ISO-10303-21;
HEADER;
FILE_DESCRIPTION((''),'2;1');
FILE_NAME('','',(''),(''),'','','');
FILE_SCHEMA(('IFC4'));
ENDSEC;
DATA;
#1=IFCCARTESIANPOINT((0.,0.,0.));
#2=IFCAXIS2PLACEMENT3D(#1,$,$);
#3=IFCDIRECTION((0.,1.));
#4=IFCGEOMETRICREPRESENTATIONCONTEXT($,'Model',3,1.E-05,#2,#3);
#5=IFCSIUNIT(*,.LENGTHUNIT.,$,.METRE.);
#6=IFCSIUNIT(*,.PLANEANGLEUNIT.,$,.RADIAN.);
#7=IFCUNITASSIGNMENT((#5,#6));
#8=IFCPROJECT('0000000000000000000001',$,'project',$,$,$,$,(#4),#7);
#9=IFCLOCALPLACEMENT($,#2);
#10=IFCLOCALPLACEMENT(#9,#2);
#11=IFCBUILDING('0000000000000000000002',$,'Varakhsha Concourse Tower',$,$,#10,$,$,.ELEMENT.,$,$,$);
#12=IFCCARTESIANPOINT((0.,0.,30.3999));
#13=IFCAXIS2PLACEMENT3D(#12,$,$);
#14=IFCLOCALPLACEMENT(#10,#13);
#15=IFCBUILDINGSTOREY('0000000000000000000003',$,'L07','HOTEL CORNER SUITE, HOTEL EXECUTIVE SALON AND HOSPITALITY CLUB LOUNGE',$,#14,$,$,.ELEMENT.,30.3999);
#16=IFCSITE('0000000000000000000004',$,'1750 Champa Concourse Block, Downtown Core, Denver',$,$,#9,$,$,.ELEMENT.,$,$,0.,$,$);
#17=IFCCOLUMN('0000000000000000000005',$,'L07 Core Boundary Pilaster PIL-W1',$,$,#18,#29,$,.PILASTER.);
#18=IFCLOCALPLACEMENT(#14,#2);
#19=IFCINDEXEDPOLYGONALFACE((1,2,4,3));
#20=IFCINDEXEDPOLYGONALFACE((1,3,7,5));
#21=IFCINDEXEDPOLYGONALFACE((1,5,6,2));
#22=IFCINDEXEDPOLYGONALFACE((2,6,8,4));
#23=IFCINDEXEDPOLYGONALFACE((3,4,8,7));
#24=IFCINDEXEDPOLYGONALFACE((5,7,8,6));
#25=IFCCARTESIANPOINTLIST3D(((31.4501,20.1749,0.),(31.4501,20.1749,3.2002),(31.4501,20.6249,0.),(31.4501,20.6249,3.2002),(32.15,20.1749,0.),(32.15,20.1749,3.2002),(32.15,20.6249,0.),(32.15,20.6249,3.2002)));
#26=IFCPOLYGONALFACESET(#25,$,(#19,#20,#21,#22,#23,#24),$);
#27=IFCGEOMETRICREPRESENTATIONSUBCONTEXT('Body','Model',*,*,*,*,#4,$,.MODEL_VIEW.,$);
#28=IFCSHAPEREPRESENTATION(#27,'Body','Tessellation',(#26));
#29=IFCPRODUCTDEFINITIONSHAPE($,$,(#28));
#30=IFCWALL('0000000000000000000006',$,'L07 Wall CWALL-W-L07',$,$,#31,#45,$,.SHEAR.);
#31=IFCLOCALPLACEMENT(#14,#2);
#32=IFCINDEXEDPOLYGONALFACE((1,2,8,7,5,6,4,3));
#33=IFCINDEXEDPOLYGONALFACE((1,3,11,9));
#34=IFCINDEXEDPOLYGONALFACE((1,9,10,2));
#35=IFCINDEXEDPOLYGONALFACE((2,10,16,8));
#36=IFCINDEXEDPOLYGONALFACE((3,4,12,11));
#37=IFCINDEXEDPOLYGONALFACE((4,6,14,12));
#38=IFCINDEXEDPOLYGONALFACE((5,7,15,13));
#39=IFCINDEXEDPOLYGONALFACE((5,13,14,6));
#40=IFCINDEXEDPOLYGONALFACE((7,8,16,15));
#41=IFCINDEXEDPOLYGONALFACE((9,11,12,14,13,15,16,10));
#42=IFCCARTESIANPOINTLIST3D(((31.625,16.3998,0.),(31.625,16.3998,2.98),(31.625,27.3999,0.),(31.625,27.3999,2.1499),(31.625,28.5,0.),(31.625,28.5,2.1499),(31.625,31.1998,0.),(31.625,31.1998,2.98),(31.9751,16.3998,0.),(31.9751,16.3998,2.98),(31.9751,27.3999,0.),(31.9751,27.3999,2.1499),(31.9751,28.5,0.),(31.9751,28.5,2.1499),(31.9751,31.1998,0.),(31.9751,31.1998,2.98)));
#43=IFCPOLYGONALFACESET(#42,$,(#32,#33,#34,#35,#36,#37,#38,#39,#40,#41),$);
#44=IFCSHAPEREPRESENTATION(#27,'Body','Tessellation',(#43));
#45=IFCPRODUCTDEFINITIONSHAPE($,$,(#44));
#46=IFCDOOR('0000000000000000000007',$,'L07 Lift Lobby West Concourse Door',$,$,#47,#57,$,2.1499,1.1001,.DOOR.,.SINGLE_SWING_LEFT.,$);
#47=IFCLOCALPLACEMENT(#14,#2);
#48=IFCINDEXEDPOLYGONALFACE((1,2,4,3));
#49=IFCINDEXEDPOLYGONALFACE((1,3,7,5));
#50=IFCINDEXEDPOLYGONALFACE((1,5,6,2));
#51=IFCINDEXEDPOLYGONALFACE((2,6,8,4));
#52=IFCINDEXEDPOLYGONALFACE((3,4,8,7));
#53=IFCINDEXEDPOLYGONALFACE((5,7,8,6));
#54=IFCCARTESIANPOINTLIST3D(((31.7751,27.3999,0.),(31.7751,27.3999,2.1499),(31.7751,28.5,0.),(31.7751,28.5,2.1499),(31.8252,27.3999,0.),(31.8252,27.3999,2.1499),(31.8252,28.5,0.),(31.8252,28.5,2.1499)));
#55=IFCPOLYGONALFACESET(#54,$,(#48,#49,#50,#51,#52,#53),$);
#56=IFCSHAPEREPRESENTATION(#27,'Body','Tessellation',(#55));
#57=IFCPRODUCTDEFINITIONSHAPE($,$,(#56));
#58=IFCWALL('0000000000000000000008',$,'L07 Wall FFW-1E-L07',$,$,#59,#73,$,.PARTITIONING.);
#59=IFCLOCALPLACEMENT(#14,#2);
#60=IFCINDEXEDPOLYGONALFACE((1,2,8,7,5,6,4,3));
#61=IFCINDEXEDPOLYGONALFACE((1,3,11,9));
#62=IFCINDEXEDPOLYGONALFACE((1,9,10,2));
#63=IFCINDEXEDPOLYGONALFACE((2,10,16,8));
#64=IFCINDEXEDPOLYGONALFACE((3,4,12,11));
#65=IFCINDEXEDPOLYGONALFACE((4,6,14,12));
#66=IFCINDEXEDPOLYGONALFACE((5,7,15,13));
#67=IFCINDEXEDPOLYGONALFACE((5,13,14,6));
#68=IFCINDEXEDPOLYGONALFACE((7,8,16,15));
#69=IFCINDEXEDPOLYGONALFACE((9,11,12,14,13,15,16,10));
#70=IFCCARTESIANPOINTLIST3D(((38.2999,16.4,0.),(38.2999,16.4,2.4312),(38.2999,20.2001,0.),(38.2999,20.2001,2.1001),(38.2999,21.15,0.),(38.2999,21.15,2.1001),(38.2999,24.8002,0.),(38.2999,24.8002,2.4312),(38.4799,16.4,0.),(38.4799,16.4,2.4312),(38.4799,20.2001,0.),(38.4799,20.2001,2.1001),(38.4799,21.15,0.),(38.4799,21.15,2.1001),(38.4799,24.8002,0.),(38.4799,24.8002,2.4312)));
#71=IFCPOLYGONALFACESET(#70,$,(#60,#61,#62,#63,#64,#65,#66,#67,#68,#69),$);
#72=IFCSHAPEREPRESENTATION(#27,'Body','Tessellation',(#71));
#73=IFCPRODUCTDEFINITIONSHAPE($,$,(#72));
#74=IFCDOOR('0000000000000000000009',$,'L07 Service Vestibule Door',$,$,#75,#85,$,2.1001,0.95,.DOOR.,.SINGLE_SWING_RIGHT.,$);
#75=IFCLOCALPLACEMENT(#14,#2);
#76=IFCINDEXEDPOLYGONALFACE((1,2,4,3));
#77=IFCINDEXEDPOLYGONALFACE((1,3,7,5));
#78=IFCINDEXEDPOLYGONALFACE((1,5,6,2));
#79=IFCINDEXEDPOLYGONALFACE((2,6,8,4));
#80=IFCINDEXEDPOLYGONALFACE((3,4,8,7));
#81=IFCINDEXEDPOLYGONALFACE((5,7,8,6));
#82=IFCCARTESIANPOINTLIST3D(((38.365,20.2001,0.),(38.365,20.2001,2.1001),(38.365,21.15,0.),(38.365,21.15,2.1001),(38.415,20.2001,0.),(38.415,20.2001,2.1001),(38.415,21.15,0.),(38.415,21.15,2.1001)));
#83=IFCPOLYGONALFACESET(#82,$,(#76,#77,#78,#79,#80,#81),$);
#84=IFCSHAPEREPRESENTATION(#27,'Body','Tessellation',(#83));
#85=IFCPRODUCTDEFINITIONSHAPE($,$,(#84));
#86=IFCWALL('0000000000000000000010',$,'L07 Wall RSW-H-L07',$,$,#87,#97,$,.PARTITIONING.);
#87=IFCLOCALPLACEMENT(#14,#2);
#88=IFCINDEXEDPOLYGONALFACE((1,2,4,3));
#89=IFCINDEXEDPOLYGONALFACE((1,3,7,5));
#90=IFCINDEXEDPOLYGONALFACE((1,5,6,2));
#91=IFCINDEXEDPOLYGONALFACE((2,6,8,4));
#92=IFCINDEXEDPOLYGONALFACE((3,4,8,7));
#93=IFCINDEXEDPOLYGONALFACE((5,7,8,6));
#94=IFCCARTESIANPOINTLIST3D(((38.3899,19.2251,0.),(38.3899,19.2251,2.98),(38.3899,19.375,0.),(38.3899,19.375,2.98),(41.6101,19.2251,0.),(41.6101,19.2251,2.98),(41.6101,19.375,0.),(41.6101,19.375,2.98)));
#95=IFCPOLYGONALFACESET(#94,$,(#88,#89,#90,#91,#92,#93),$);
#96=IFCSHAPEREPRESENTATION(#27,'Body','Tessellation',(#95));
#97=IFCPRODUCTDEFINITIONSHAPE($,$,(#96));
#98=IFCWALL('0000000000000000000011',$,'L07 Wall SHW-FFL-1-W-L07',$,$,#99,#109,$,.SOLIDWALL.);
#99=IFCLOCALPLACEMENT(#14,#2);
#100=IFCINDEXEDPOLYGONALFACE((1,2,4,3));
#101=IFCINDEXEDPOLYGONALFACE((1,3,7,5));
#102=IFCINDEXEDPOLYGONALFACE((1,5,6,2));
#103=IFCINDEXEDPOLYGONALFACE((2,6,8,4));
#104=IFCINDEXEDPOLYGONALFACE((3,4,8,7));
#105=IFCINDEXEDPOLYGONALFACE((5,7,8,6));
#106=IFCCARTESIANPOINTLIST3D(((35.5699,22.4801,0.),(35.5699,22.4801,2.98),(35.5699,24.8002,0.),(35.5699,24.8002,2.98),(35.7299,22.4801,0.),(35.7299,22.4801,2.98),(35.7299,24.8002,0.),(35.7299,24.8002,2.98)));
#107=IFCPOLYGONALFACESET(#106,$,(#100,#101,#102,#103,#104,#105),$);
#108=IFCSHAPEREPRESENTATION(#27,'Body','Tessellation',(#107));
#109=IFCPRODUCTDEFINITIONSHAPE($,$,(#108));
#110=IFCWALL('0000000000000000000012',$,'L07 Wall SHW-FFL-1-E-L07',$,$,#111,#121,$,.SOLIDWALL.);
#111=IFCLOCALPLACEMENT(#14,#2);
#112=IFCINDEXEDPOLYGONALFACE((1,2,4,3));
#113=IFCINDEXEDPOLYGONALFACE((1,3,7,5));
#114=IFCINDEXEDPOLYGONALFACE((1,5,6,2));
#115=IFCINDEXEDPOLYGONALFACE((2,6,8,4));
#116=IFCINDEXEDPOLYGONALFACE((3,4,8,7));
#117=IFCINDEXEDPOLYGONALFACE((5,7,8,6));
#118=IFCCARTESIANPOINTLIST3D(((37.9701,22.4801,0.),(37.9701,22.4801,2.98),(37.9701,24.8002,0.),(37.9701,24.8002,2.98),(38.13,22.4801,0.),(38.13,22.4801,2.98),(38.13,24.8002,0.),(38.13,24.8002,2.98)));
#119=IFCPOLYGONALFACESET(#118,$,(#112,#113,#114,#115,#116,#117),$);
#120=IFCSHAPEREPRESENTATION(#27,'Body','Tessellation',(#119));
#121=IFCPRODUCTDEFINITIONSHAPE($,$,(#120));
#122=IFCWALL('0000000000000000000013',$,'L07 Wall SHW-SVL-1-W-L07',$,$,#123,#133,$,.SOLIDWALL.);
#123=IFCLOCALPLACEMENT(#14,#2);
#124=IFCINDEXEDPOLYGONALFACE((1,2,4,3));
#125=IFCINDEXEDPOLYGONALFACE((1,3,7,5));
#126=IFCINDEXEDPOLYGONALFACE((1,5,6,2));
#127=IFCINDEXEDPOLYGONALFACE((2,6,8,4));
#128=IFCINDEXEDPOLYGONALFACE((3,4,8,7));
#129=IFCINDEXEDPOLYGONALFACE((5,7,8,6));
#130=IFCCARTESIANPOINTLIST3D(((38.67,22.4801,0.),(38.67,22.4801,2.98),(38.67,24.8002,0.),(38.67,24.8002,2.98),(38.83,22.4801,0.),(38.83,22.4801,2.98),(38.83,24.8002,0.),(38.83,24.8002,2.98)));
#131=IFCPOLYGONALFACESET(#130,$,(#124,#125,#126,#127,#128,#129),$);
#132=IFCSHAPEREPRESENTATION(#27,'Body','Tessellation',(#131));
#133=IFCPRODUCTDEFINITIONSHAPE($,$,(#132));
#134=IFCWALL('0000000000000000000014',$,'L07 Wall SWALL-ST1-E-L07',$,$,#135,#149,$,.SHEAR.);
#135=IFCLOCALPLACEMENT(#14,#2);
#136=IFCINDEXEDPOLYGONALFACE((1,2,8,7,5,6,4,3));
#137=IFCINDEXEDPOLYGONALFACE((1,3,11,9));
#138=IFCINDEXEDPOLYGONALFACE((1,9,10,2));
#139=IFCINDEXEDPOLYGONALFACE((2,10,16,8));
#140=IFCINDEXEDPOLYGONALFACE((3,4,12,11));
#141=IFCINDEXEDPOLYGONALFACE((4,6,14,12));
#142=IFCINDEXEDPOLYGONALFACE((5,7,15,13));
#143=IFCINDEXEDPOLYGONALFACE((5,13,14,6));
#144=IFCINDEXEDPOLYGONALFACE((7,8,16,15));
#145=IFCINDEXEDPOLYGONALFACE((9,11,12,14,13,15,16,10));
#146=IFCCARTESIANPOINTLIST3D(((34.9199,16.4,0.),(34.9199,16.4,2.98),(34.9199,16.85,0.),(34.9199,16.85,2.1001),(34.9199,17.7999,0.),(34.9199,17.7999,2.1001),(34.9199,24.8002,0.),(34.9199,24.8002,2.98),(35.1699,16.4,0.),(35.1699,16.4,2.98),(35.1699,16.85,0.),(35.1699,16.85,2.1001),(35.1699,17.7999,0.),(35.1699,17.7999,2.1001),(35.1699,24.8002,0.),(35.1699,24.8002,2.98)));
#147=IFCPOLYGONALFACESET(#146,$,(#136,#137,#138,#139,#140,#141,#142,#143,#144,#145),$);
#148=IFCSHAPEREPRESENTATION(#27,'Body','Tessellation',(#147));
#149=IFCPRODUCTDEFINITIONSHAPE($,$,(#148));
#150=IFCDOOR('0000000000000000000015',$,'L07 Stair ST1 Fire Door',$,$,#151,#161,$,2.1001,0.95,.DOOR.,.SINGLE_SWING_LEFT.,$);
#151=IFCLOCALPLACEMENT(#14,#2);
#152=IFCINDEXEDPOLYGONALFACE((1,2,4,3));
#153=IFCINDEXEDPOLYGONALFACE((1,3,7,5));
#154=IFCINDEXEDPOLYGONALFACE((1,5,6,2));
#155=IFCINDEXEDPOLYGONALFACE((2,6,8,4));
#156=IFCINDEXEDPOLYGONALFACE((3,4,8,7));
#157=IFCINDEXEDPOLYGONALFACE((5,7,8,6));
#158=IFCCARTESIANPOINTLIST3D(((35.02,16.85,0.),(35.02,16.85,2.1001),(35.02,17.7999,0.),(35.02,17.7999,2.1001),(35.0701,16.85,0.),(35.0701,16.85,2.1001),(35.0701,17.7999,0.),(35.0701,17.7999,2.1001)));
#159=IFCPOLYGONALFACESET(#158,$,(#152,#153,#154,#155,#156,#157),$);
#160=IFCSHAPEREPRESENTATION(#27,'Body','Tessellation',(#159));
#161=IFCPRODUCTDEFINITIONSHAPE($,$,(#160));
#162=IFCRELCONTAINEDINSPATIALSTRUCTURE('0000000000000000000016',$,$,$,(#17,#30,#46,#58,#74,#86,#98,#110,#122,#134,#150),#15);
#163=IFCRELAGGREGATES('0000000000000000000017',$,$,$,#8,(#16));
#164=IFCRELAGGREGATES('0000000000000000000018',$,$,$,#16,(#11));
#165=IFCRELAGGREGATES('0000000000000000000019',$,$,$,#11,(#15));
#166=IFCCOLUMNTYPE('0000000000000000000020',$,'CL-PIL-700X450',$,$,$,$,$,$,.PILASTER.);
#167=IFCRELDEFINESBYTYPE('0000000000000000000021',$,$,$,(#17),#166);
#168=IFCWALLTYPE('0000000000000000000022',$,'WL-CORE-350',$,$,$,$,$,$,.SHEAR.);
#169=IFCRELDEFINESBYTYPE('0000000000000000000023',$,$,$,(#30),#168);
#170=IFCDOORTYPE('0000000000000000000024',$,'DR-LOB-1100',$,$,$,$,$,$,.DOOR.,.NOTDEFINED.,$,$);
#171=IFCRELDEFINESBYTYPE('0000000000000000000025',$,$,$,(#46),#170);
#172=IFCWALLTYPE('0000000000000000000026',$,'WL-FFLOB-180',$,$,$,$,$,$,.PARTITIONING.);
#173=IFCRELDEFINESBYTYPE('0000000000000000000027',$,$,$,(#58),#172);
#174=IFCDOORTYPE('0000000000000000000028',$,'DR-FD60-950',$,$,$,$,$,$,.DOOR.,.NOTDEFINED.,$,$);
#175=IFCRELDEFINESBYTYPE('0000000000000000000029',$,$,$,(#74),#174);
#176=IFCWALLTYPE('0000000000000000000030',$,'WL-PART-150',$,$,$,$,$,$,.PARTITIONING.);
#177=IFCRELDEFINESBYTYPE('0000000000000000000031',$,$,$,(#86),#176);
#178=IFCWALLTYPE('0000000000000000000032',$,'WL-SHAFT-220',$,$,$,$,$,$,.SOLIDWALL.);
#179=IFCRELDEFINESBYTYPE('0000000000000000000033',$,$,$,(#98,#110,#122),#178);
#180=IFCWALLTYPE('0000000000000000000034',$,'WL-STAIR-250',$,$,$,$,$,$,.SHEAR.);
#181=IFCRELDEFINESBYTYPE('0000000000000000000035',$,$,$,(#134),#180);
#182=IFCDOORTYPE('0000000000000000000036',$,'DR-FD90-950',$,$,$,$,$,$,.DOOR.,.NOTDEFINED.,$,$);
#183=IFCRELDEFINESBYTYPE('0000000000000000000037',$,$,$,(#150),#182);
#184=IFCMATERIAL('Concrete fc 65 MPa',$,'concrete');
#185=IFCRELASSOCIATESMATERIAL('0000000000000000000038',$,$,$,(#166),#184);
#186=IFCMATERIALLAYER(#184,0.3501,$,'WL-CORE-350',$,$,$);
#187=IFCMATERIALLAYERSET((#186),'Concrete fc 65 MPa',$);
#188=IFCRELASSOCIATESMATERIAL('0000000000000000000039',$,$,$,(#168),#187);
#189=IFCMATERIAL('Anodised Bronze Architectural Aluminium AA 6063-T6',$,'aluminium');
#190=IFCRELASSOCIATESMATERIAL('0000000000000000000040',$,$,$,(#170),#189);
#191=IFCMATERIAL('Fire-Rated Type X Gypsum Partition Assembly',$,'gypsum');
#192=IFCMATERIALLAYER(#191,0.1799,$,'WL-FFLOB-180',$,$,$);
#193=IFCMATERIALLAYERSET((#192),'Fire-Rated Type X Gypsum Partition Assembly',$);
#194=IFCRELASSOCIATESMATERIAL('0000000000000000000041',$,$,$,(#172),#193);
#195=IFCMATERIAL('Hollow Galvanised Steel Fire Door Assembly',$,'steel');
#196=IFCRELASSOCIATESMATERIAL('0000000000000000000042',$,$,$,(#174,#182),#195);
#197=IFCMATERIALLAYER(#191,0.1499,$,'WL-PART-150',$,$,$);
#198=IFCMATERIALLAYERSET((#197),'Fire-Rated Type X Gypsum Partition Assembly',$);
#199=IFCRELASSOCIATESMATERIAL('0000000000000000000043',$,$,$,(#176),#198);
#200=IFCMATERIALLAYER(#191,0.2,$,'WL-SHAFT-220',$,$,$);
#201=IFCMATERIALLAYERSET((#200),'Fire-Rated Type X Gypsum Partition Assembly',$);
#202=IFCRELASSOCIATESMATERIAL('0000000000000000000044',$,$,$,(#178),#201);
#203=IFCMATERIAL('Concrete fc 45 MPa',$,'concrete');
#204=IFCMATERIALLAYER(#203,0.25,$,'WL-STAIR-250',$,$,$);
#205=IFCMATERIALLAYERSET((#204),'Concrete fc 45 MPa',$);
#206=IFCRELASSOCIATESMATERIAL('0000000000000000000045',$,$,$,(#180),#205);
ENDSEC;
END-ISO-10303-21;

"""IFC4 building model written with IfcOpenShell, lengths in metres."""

from ifc_helpers import new_model, si_unit, direction, frame, frame_2d, origin, origin_2d, place, context, subcontext, project, spatial, rectangle, extrude, material, layer, layer_set, material_profile, profile_set, type_object, element, fill, save


model = new_model("IFC4")

# Units and contexts
model_context = context("Model", 3, precision=1e-05, world=origin(), true_north=direction((0.0, 1.0)))
body_context = subcontext(model_context, "Body", "Model", "MODEL_VIEW")
ifc_project = project(units=[si_unit("LENGTHUNIT", "METRE"), si_unit("PLANEANGLEUNIT", "RADIAN")], contexts=[model_context])

# Site, building, storey
site_placement = place(None, origin())
site = spatial("IfcSite", under=ifc_project, at=site_placement, Name="1750 Champa Concourse Block, Downtown Core, Denver", CompositionType="ELEMENT", RefElevation=0.0)
building_placement = place(site_placement, origin())
building = spatial("IfcBuilding", under=site, at=building_placement, Name="Varakhsha Concourse Tower", CompositionType="ELEMENT")
storey_placement = place(building_placement, frame((0.0, 0.0, 30.3999)))
storey = spatial("IfcBuildingStorey", under=building, at=storey_placement, Name="L07", Description="HOTEL CORNER SUITE, HOTEL EXECUTIVE SALON AND HOSPITALITY CLUB LOUNGE", CompositionType="ELEMENT", Elevation=30.3999)

# Column
ifc_material_1 = material(Name="Concrete fc 65 MPa", Category="concrete")
ifc_material_profile = material_profile(ifc_material_1, rectangle(XDim=0.7, YDim=0.45, at=origin_2d()), Name="RC 700x450")
ifc_profile_set = profile_set([ifc_material_profile], Name="Concrete fc 65 MPa")
column_type = type_object("IfcColumnType", Name="CL-PIL-700X450", PredefinedType="PILASTER", material=ifc_profile_set)
column_placement = place(storey_placement, frame((31.8, 20.3999, 0.0), z_axis=(0.0, 0.0, 1.0), x_axis=(1.0, 0.0, 0.0)))
element("IfcColumn", 1, at=column_placement, inside=storey, type_object=column_type, Name="L07 Core Boundary Pilaster PIL-W1", PredefinedType="PILASTER", context=body_context, shape_type="SweptSolid", body=[
    extrude(rectangle(XDim=0.7, YDim=0.45, at=origin_2d()), origin(), (0.0, 0.0, 1.0), 3.2002),
])

# Walls, openings, doors
ifc_layer_1 = layer(ifc_material_1, 0.3501, Name="WL-CORE-350")
ifc_layer_set_1 = layer_set([ifc_layer_1], Name="Concrete fc 65 MPa")
wall_type_1 = type_object("IfcWallType", Name="WL-CORE-350", PredefinedType="SHEAR", material=ifc_layer_set_1)
wall_1_placement = place(storey_placement, frame((31.8, 16.3999, 0.0), z_axis=(0.0, 0.0, 1.0), x_axis=(0.0, 1.0, 0.0)))
wall_1 = element("IfcWall", 2, at=wall_1_placement, inside=storey, type_object=wall_type_1, Name="L07 Wall CWALL-W-L07", PredefinedType="SHEAR", context=body_context, shape_type="SweptSolid", body=[
    extrude(rectangle(XDim=14.8, YDim=0.3501, at=frame_2d((7.3999, 0.0))), origin(), (0.0, 0.0, 1.0), 2.98),
])
opening_1_placement = place(wall_1_placement, frame((11.0, 0.0, 0.0)))
opening_1 = element("IfcOpeningElement", 3, at=opening_1_placement, cuts=wall_1, PredefinedType="OPENING", context=body_context, shape_type="SweptSolid", body=[
    extrude(rectangle(XDim=1.1001, YDim=2.1499, at=frame_2d((0.55, 1.075))), frame((0.0, 0.1851, 0.0), z_axis=(0.0, -1.0, 0.0), x_axis=(1.0, 0.0, 0.0)), (0.0, 0.0, 1.0), 0.3701),
])
ifc_material_2 = material(Name="Anodised Bronze Architectural Aluminium AA 6063-T6", Category="aluminium")
door_type_1 = type_object("IfcDoorType", Name="DR-LOB-1100", OperationType="NOTDEFINED", PredefinedType="DOOR", material=ifc_material_2)
door_1_placement = place(opening_1_placement, origin())
door_1 = element("IfcDoor", 4, at=door_1_placement, inside=storey, type_object=door_type_1, Name="L07 Lift Lobby West Concourse Door", OperationType="SINGLE_SWING_LEFT", OverallHeight=2.1499, OverallWidth=1.1001, PredefinedType="DOOR", context=body_context, shape_type="SweptSolid", body=[
    extrude(rectangle(XDim=1.1001, YDim=2.1499, at=frame_2d((0.55, 1.075))), frame((0.0, 0.0249, 0.0), z_axis=(0.0, -1.0, 0.0), x_axis=(1.0, 0.0, 0.0)), (0.0, 0.0, 1.0), 0.05),
])
fill(opening_1, door_1)
ifc_material_3 = material(Name="Fire-Rated Type X Gypsum Partition Assembly", Category="gypsum")
ifc_layer_2 = layer(ifc_material_3, 0.1799, Name="WL-FFLOB-180")
ifc_layer_set_2 = layer_set([ifc_layer_2], Name="Fire-Rated Type X Gypsum Partition Assembly")
wall_type_2 = type_object("IfcWallType", Name="WL-FFLOB-180", PredefinedType="PARTITIONING", material=ifc_layer_set_2)
wall_2_placement = place(storey_placement, frame((38.3899, 16.3999, 0.0), z_axis=(0.0, 0.0, 1.0), x_axis=(0.0, 1.0, 0.0)))
wall_2 = element("IfcWall", 5, at=wall_2_placement, inside=storey, type_object=wall_type_2, Name="L07 Wall FFW-1E-L07", PredefinedType="PARTITIONING", context=body_context, shape_type="SweptSolid", body=[
    extrude(rectangle(XDim=8.4001, YDim=0.1799, at=frame_2d((4.2002, 0.0))), origin(), (0.0, 0.0, 1.0), 2.4312),
])
opening_2_placement = place(wall_2_placement, frame((3.8, 0.0, 0.0)))
opening_2 = element("IfcOpeningElement", 6, at=opening_2_placement, cuts=wall_2, PredefinedType="OPENING", context=body_context, shape_type="SweptSolid", body=[
    extrude(rectangle(XDim=0.95, YDim=2.1001, at=frame_2d((0.4751, 1.05))), frame((0.0, 0.0999, 0.0), z_axis=(0.0, -1.0, 0.0), x_axis=(1.0, 0.0, 0.0)), (0.0, 0.0, 1.0), 0.2),
])
ifc_material_4 = material(Name="Hollow Galvanised Steel Fire Door Assembly", Category="steel")
door_type_2 = type_object("IfcDoorType", Name="DR-FD60-950", OperationType="NOTDEFINED", PredefinedType="DOOR", material=ifc_material_4)
door_2_placement = place(opening_2_placement, origin())
door_2 = element("IfcDoor", 7, at=door_2_placement, inside=storey, type_object=door_type_2, Name="L07 Service Vestibule Door", OperationType="SINGLE_SWING_RIGHT", OverallHeight=2.1001, OverallWidth=0.95, PredefinedType="DOOR", context=body_context, shape_type="SweptSolid", body=[
    extrude(rectangle(XDim=0.95, YDim=2.1001, at=frame_2d((0.4751, 1.05))), frame((0.0, 0.0249, 0.0), z_axis=(0.0, -1.0, 0.0), x_axis=(1.0, 0.0, 0.0)), (0.0, 0.0, 1.0), 0.05),
])
fill(opening_2, door_2)

# Wall
ifc_layer_3 = layer(ifc_material_3, 0.1499, Name="WL-PART-150")
ifc_layer_set_3 = layer_set([ifc_layer_3], Name="Fire-Rated Type X Gypsum Partition Assembly")
wall_type_3 = type_object("IfcWallType", Name="WL-PART-150", PredefinedType="PARTITIONING", material=ifc_layer_set_3)
wall_3_placement = place(storey_placement, frame((38.3899, 19.3, 0.0), z_axis=(0.0, 0.0, 1.0), x_axis=(1.0, 0.0, 0.0)))
element("IfcWall", 8, at=wall_3_placement, inside=storey, type_object=wall_type_3, Name="L07 Wall RSW-H-L07", PredefinedType="PARTITIONING", context=body_context, shape_type="SweptSolid", body=[
    extrude(rectangle(XDim=3.2202, YDim=0.1499, at=frame_2d((1.6101, 0.0))), origin(), (0.0, 0.0, 1.0), 2.98),
])

# Shared definitions
ifc_layer_4 = layer(ifc_material_3, 0.2, Name="WL-SHAFT-220")
ifc_layer_set_4 = layer_set([ifc_layer_4], Name="Fire-Rated Type X Gypsum Partition Assembly")
wall_type_4 = type_object("IfcWallType", Name="WL-SHAFT-220", PredefinedType="SOLIDWALL", material=ifc_layer_set_4)

# Walls
for number, where, z_axis, x_axis, name in (
    (9, (35.6499, 22.48, 0.0), (0.0, 0.0, 1.0), (0.0, 1.0, 0.0), "L07 Wall SHW-FFL-1-W-L07"),
    (10, (38.05, 22.48, 0.0), (0.0, 0.0, 1.0), (0.0, 1.0, 0.0), "L07 Wall SHW-FFL-1-E-L07"),
    (11, (38.75, 22.48, 0.0), (0.0, 0.0, 1.0), (0.0, 1.0, 0.0), "L07 Wall SHW-SVL-1-W-L07"),
):
    element("IfcWall", number, at=place(storey_placement, frame(where, z_axis=z_axis, x_axis=x_axis)), inside=storey, type_object=wall_type_4, Name=name, PredefinedType="SOLIDWALL", context=body_context, shape_type="SweptSolid", body=[
        extrude(rectangle(XDim=2.3201, YDim=0.1599, at=frame_2d((1.1602, 0.0))), origin(), (0.0, 0.0, 1.0), 2.98),
    ])

# Wall, opening, door
ifc_material_5 = material(Name="Concrete fc 45 MPa", Category="concrete")
ifc_layer_5 = layer(ifc_material_5, 0.25, Name="WL-STAIR-250")
ifc_layer_set_5 = layer_set([ifc_layer_5], Name="Concrete fc 45 MPa")
wall_type_5 = type_object("IfcWallType", Name="WL-STAIR-250", PredefinedType="SHEAR", material=ifc_layer_set_5)
wall_4_placement = place(storey_placement, frame((35.0449, 16.3999, 0.0), z_axis=(0.0, 0.0, 1.0), x_axis=(0.0, 1.0, 0.0)))
wall_4 = element("IfcWall", 12, at=wall_4_placement, inside=storey, type_object=wall_type_5, Name="L07 Wall SWALL-ST1-E-L07", PredefinedType="SHEAR", context=body_context, shape_type="SweptSolid", body=[
    extrude(rectangle(XDim=8.4001, YDim=0.25, at=frame_2d((4.2002, 0.0))), origin(), (0.0, 0.0, 1.0), 2.98),
])
opening_3_placement = place(wall_4_placement, frame((0.45, 0.0, 0.0)))
opening_3 = element("IfcOpeningElement", 13, at=opening_3_placement, cuts=wall_4, PredefinedType="OPENING", context=body_context, shape_type="SweptSolid", body=[
    extrude(rectangle(XDim=0.95, YDim=2.1001, at=frame_2d((0.4751, 1.05))), frame((0.0, 0.135, 0.0), z_axis=(0.0, -1.0, 0.0), x_axis=(1.0, 0.0, 0.0)), (0.0, 0.0, 1.0), 0.27),
])
door_type_3 = type_object("IfcDoorType", Name="DR-FD90-950", OperationType="NOTDEFINED", PredefinedType="DOOR", material=ifc_material_4)
door_3_placement = place(opening_3_placement, origin())
door_3 = element("IfcDoor", 14, at=door_3_placement, inside=storey, type_object=door_type_3, Name="L07 Stair ST1 Fire Door", OperationType="SINGLE_SWING_LEFT", OverallHeight=2.1001, OverallWidth=0.95, PredefinedType="DOOR", context=body_context, shape_type="SweptSolid", body=[
    extrude(rectangle(XDim=0.95, YDim=2.1001, at=frame_2d((0.4751, 1.05))), frame((0.0, 0.0249, 0.0), z_axis=(0.0, -1.0, 0.0), x_axis=(1.0, 0.0, 0.0)), (0.0, 0.0, 1.0), 0.05),
])
fill(opening_3, door_3)

save(model, "model.ifc")
